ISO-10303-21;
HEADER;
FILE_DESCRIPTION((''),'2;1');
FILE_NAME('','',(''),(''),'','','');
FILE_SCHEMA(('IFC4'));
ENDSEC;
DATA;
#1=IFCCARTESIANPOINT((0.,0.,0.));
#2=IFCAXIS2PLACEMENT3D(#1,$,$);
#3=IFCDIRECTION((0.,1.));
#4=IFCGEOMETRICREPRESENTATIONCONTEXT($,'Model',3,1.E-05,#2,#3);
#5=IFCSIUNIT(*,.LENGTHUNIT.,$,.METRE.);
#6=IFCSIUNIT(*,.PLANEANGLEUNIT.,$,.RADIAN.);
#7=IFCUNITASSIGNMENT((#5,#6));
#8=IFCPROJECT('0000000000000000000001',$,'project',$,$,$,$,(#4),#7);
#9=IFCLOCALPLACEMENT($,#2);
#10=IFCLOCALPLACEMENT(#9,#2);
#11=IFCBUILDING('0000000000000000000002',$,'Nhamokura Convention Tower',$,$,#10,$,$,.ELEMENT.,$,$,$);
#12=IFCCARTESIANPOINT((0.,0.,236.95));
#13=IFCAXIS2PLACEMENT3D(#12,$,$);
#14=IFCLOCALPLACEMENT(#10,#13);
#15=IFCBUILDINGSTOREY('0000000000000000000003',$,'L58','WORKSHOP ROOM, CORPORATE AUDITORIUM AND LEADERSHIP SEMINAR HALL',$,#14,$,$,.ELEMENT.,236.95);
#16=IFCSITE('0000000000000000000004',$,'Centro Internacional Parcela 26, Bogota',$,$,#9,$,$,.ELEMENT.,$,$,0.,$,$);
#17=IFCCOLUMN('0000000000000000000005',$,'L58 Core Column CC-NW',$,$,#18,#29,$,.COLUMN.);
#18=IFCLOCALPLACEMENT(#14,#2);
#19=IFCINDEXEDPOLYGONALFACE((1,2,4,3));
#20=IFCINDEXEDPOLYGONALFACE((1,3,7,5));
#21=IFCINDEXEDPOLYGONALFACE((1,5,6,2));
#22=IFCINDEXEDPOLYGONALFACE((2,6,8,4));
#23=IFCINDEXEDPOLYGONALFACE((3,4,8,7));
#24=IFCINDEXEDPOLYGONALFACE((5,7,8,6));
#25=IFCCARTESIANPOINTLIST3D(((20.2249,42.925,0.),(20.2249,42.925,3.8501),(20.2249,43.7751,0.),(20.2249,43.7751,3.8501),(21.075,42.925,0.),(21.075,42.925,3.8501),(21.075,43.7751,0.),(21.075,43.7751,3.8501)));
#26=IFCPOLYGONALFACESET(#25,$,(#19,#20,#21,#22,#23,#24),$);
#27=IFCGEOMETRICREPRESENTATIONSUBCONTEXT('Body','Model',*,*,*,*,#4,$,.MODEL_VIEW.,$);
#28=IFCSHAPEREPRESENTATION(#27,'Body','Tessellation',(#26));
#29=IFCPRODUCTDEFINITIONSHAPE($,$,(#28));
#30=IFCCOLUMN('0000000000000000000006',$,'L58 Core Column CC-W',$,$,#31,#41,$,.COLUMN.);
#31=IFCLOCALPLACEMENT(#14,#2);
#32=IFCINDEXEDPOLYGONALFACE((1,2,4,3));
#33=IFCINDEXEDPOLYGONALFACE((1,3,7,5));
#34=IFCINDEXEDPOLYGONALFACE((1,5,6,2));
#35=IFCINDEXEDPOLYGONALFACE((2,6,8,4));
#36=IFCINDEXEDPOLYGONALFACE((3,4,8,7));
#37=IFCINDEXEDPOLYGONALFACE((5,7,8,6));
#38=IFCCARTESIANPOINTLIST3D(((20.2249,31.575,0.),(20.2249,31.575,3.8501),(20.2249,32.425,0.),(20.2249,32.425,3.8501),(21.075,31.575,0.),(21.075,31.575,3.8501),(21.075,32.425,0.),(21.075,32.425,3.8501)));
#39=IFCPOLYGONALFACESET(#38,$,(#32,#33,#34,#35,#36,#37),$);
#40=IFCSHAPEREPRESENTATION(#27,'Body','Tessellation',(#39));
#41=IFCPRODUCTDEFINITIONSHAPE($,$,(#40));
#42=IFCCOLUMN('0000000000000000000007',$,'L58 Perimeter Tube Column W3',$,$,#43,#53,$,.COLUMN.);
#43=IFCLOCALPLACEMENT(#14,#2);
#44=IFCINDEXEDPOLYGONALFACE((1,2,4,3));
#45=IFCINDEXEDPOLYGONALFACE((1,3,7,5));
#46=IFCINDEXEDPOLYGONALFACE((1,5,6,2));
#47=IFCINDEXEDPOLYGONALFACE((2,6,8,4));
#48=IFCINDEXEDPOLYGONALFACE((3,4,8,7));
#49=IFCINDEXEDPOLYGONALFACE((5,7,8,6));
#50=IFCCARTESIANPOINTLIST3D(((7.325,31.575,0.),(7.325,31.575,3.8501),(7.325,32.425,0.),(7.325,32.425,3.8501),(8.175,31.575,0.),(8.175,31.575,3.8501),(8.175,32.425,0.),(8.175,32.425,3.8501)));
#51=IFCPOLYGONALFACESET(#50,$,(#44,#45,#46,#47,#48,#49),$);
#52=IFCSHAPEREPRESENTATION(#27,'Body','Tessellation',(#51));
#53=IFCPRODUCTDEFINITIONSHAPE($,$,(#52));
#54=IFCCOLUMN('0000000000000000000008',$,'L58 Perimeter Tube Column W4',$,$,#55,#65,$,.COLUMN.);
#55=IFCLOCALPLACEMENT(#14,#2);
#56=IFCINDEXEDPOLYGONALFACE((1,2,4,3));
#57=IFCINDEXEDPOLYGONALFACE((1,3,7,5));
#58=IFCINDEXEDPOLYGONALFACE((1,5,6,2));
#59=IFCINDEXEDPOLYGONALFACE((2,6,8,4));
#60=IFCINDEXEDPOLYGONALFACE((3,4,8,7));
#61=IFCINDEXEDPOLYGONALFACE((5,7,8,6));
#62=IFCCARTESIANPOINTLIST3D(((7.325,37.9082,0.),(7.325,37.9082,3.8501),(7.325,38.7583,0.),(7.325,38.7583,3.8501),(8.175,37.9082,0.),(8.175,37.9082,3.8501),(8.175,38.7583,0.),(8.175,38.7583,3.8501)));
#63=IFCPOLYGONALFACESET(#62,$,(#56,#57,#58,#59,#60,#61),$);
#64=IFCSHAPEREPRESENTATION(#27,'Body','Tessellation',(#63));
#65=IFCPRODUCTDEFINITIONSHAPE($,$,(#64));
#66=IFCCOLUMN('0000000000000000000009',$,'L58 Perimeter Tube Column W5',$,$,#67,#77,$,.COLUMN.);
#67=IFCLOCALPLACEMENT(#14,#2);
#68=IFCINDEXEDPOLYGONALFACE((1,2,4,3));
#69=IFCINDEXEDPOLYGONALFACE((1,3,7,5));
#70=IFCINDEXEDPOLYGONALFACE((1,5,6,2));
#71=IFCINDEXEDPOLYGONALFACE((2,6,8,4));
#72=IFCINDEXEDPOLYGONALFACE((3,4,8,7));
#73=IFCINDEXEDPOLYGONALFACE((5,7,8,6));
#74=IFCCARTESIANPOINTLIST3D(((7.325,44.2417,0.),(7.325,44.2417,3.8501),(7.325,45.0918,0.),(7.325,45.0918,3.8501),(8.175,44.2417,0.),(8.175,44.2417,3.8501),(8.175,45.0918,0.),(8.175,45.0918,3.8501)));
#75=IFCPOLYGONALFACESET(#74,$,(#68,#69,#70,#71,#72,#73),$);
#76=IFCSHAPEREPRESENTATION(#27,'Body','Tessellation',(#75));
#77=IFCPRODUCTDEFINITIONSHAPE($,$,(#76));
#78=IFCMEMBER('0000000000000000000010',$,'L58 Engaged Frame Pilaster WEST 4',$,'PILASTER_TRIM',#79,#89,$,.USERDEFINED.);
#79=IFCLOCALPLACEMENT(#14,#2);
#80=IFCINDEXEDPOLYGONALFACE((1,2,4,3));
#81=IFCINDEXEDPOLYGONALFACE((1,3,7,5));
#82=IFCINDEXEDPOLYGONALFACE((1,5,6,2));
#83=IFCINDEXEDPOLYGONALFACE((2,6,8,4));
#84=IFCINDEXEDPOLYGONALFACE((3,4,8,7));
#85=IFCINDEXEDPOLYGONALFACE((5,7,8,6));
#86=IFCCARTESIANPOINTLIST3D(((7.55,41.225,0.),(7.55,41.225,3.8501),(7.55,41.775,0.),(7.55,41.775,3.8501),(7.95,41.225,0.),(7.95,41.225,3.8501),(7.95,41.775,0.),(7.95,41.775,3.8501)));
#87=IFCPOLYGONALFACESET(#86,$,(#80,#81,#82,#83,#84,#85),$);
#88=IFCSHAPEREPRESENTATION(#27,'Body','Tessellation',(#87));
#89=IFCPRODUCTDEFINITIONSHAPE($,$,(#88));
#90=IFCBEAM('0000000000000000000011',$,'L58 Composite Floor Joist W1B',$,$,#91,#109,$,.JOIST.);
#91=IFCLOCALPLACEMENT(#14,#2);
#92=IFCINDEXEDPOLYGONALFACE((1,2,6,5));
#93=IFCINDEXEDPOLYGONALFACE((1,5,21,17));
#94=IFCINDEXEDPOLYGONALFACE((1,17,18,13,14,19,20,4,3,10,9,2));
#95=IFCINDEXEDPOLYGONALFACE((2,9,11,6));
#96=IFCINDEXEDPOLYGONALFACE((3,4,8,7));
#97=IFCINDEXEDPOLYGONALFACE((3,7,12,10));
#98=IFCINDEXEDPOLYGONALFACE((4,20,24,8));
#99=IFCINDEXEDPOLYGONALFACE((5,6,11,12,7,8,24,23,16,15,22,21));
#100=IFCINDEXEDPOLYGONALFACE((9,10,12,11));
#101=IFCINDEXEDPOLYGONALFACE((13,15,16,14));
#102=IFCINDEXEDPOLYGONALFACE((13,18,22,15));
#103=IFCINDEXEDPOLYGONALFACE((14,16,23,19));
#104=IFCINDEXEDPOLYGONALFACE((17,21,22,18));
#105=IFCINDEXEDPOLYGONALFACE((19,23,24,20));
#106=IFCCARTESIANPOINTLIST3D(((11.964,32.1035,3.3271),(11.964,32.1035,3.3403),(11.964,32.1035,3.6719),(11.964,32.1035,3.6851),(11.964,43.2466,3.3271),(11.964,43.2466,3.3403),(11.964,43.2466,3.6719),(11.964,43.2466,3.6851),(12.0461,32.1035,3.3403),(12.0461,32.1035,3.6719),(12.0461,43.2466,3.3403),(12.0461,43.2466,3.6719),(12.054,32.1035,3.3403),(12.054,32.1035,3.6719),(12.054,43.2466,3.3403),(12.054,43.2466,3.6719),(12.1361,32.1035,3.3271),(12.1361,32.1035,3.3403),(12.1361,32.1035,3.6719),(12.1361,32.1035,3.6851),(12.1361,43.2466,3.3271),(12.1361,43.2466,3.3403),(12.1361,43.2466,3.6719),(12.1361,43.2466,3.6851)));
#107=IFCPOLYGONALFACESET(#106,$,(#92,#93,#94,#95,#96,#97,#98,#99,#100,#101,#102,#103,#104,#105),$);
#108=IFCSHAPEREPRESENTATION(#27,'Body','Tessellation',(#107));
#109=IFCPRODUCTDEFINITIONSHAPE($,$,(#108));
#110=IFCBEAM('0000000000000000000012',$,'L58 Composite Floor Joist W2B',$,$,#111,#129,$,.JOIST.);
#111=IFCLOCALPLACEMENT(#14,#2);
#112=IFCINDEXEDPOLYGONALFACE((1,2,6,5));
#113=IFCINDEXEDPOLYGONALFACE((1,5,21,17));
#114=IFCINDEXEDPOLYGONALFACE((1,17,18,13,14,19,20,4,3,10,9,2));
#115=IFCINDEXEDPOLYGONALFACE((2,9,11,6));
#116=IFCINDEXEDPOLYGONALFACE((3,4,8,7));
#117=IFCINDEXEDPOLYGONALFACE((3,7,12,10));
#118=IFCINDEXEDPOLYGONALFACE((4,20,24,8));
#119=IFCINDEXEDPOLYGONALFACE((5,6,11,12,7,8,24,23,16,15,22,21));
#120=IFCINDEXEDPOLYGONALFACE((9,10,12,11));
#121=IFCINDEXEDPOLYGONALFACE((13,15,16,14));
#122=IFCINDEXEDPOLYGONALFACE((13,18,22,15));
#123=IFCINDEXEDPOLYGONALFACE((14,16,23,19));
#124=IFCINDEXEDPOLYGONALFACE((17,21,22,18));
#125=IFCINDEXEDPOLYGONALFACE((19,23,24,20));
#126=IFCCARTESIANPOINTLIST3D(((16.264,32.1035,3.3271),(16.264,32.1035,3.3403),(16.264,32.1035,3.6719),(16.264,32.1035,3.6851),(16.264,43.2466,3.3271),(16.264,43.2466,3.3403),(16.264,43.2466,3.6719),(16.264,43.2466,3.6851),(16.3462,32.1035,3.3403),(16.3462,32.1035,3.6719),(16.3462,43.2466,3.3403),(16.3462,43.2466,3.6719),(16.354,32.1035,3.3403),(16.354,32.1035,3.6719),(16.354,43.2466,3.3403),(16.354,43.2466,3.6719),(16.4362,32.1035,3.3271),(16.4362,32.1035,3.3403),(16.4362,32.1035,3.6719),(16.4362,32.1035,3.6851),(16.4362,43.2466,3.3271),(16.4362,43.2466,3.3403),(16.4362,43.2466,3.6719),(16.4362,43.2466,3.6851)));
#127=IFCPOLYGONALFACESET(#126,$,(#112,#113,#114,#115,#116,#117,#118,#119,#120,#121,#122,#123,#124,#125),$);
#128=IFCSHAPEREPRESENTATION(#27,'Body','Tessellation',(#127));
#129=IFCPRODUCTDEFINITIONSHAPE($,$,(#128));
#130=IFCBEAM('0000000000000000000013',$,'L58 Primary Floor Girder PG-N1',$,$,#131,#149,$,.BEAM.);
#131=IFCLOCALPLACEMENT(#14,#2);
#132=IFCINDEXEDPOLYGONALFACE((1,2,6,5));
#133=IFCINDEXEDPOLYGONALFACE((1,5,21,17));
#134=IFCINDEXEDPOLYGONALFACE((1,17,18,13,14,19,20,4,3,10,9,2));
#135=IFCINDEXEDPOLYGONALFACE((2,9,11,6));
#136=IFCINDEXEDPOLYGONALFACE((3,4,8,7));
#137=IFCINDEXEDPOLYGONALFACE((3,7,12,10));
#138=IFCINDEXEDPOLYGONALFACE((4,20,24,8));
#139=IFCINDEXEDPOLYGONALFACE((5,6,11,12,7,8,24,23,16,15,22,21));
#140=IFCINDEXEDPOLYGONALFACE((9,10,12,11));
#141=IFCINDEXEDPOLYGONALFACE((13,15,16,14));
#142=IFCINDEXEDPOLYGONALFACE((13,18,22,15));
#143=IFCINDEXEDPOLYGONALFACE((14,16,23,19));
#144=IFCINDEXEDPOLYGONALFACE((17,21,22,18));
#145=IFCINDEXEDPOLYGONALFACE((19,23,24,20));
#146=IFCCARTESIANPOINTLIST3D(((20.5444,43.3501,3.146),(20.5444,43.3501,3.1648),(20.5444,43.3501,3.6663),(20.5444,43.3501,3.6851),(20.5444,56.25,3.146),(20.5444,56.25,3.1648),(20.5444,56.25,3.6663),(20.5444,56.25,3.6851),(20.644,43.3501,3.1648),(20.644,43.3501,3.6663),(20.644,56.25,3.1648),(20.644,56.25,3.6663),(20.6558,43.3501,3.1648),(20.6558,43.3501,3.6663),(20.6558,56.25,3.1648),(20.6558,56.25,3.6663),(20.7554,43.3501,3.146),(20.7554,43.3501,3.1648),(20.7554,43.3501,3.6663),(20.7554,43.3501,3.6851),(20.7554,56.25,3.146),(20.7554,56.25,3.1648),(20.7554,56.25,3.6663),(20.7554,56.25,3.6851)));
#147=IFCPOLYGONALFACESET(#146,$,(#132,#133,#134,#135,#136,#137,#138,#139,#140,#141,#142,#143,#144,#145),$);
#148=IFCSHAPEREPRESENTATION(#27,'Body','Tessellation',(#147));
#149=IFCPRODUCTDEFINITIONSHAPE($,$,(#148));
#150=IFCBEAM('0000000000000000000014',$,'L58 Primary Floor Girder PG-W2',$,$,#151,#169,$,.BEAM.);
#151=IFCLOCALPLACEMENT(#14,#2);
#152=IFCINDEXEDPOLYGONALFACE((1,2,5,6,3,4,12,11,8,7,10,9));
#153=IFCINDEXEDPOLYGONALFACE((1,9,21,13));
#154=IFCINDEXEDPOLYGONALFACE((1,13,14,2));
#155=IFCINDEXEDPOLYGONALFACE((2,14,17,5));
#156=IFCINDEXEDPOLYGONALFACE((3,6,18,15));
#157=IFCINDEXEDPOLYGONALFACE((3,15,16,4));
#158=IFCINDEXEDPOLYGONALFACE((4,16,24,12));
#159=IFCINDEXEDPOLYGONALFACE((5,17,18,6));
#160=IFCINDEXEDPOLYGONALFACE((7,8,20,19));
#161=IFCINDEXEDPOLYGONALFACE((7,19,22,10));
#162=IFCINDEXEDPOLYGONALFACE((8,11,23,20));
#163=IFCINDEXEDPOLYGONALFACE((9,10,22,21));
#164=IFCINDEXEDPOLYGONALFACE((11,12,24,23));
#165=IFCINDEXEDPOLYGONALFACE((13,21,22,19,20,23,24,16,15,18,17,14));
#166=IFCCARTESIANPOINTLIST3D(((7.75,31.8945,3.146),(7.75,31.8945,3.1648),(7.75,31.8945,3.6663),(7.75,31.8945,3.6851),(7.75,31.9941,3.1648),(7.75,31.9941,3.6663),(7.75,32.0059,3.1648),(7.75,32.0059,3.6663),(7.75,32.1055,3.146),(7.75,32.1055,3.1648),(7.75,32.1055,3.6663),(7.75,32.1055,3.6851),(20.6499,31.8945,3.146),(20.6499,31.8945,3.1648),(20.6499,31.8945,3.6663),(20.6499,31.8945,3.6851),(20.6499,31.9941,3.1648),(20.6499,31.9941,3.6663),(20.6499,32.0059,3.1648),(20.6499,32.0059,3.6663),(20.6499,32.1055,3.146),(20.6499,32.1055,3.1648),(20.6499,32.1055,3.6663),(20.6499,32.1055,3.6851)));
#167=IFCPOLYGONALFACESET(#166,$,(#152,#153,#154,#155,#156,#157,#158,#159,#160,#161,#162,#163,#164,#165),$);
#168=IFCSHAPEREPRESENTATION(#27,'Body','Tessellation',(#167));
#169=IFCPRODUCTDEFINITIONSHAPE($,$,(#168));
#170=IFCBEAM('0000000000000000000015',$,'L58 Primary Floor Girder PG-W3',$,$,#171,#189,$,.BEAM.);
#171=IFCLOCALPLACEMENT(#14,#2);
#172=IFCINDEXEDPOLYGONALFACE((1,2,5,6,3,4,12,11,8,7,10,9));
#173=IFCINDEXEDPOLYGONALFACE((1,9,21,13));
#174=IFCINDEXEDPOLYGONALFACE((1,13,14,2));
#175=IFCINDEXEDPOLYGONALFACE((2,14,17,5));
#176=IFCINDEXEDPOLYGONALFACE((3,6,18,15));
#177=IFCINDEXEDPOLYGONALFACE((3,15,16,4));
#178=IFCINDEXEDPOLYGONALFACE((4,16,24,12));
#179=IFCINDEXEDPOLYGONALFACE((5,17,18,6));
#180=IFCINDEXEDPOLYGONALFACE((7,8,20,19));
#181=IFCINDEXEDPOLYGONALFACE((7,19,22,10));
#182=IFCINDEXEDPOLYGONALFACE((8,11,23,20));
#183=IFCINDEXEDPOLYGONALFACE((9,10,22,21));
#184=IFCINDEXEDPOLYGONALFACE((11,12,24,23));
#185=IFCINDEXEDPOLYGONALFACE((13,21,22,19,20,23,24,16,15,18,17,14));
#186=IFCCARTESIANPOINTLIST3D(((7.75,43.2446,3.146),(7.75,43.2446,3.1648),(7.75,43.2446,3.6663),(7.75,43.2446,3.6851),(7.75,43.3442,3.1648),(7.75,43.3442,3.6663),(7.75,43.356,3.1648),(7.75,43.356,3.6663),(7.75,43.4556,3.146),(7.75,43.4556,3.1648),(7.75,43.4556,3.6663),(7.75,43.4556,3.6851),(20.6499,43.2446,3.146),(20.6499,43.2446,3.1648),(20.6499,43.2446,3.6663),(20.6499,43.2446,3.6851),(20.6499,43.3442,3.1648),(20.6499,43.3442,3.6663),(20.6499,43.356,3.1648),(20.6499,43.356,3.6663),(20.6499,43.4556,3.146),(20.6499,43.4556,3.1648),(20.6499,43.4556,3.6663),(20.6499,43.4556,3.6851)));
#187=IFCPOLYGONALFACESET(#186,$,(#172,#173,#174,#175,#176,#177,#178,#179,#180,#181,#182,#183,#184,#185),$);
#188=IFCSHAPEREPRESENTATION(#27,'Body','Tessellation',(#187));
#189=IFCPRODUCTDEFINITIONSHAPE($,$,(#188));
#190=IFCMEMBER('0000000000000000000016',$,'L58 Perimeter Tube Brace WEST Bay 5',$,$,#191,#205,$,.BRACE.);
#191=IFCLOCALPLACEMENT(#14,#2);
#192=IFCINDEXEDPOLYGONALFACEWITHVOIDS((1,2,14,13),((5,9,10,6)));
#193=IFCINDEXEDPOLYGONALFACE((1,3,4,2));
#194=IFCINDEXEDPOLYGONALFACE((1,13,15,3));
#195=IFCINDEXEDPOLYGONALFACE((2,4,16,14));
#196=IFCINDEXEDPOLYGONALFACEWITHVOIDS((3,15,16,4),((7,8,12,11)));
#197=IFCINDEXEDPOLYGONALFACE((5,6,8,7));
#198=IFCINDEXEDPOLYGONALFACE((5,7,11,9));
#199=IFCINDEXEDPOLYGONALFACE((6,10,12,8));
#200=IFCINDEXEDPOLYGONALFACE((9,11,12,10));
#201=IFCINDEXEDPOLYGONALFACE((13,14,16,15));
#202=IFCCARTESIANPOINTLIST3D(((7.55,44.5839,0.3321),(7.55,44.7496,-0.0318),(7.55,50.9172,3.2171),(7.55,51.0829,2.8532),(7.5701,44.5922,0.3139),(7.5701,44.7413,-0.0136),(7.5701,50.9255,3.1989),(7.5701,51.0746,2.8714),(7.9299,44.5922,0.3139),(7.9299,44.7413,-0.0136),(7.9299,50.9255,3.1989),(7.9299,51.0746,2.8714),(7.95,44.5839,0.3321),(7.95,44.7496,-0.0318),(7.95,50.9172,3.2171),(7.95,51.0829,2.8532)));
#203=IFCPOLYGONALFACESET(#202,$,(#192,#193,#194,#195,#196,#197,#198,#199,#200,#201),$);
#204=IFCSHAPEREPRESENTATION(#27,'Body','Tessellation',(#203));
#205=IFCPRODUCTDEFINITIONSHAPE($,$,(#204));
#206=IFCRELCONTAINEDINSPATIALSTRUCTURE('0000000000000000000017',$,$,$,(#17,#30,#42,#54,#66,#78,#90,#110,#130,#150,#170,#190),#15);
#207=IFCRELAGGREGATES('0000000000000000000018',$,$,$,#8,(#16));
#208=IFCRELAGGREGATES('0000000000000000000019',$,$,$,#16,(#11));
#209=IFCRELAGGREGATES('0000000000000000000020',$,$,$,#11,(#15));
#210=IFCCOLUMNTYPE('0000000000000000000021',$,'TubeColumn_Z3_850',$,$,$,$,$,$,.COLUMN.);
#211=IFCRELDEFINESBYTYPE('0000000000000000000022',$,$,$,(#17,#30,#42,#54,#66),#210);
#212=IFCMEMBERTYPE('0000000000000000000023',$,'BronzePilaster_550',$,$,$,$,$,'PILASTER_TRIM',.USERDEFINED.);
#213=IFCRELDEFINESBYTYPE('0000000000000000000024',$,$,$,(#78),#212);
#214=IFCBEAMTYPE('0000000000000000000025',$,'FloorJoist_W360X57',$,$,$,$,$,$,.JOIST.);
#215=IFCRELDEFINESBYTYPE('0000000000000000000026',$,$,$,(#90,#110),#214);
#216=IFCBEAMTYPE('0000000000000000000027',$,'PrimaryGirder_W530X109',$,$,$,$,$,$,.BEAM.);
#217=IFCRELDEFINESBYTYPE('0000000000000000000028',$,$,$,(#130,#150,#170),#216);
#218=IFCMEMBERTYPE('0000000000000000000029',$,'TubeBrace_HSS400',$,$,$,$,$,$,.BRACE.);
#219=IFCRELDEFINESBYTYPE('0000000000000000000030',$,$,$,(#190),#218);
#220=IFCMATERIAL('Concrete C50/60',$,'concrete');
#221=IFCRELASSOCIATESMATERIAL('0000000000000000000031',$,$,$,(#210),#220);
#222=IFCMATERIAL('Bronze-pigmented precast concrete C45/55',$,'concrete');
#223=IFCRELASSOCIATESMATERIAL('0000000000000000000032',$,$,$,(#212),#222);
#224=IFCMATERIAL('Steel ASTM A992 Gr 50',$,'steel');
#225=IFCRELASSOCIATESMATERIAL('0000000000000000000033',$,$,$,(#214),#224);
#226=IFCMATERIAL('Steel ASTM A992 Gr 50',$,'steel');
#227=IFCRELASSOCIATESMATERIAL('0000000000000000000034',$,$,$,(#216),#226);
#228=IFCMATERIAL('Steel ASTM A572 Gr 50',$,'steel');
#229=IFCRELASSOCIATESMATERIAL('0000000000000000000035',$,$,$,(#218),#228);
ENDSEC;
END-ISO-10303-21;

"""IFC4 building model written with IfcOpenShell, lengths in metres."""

from ifc_helpers import new_model, si_unit, direction, frame, origin, origin_2d, place, context, subcontext, project, spatial, rectangle, hollow_rectangle, i_section, extrude, material, material_profile, profile_set, type_object, element, save


model = new_model("IFC4")

# Units and contexts
model_context = context("Model", 3, precision=1e-05, world=origin(), true_north=direction((0.0, 1.0)))
body_context = subcontext(model_context, "Body", "Model", "MODEL_VIEW")
ifc_project = project(units=[si_unit("LENGTHUNIT", "METRE"), si_unit("PLANEANGLEUNIT", "RADIAN")], contexts=[model_context])

# Site, building, storey
site_placement = place(None, origin())
site = spatial("IfcSite", under=ifc_project, at=site_placement, Name="Centro Internacional Parcela 26, Bogota", CompositionType="ELEMENT", RefElevation=0.0)
building_placement = place(site_placement, origin())
building = spatial("IfcBuilding", under=site, at=building_placement, Name="Nhamokura Convention Tower", CompositionType="ELEMENT")
storey_placement = place(building_placement, frame((0.0, 0.0, 236.95)))
storey = spatial("IfcBuildingStorey", under=building, at=storey_placement, Name="L58", Description="WORKSHOP ROOM, CORPORATE AUDITORIUM AND LEADERSHIP SEMINAR HALL", CompositionType="ELEMENT", Elevation=236.95)

# Columns
ifc_material_1 = material(Name="Concrete C50/60", Category="concrete")
ifc_material_profile_1 = material_profile(ifc_material_1, rectangle(XDim=0.8501, YDim=0.8501, at=origin_2d()))
ifc_profile_set_1 = profile_set([ifc_material_profile_1], Name="Concrete C50/60")
column_type = type_object("IfcColumnType", Name="TubeColumn_Z3_850", PredefinedType="COLUMN", material=ifc_profile_set_1)
for number, where, z_axis, x_axis, name in (
    (1, (20.6499, 43.3501, 0.0), (0.0, 0.0, 1.0), (1.0, 0.0, 0.0), "L58 Core Column CC-NW"),
    (2, (20.6499, 32.0, 0.0), (0.0, 0.0, 1.0), (1.0, 0.0, 0.0), "L58 Core Column CC-W"),
    (3, (7.75, 32.0, 0.0), (0.0, 0.0, 1.0), (1.0, 0.0, 0.0), "L58 Perimeter Tube Column W3"),
    (4, (7.75, 38.3333, 0.0), (0.0, 0.0, 1.0), (1.0, 0.0, 0.0), "L58 Perimeter Tube Column W4"),
    (5, (7.75, 44.6667, 0.0), (0.0, 0.0, 1.0), (1.0, 0.0, 0.0), "L58 Perimeter Tube Column W5"),
):
    element("IfcColumn", number, at=place(storey_placement, frame(where, z_axis=z_axis, x_axis=x_axis)), inside=storey, type_object=column_type, Name=name, PredefinedType="COLUMN", context=body_context, shape_type="SweptSolid", body=[
        extrude(rectangle(XDim=0.8501, YDim=0.8501, at=origin_2d()), origin(), (0.0, 0.0, 1.0), 3.8501),
    ])

# Member
ifc_material_2 = material(Name="Bronze-pigmented precast concrete C45/55", Category="concrete")
ifc_material_profile_2 = material_profile(ifc_material_2, rectangle(XDim=0.3999, YDim=0.55, at=origin_2d()))
ifc_profile_set_2 = profile_set([ifc_material_profile_2], Name="Bronze-pigmented precast concrete C45/55")
member_type_1 = type_object("IfcMemberType", Name="BronzePilaster_550", ElementType="PILASTER_TRIM", PredefinedType="USERDEFINED", material=ifc_profile_set_2)
member_1_placement = place(storey_placement, frame((7.75, 41.5, 0.0), z_axis=(0.0, 0.0, 1.0), x_axis=(1.0, 0.0, 0.0)))
element("IfcMember", 6, at=member_1_placement, inside=storey, type_object=member_type_1, Name="L58 Engaged Frame Pilaster WEST 4", ObjectType="PILASTER_TRIM", PredefinedType="USERDEFINED", context=body_context, shape_type="SweptSolid", body=[
    extrude(rectangle(XDim=0.3999, YDim=0.55, at=origin_2d()), origin(), (0.0, 0.0, 1.0), 3.8501),
])

# Beams
ifc_material_3 = material(Name="Steel ASTM A992 Gr 50", Category="steel")
ifc_material_profile_3 = material_profile(ifc_material_3, i_section(OverallWidth=0.1721, OverallDepth=0.3579, WebThickness=0.0078, FlangeThickness=0.0132, at=origin_2d()))
ifc_profile_set_3 = profile_set([ifc_material_profile_3], Name="Steel ASTM A992 Gr 50")
beam_type_1 = type_object("IfcBeamType", Name="FloorJoist_W360X57", PredefinedType="JOIST", material=ifc_profile_set_3)
for number, where, z_axis, x_axis, name in (
    (7, (12.05, 32.1035, 3.5061), (0.0, 1.0, 0.0), (-1.0, 0.0, 0.0), "L58 Composite Floor Joist W1B"),
    (8, (16.3501, 32.1035, 3.5061), (0.0, 1.0, 0.0), (-1.0, 0.0, 0.0), "L58 Composite Floor Joist W2B"),
):
    element("IfcBeam", number, at=place(storey_placement, frame(where, z_axis=z_axis, x_axis=x_axis)), inside=storey, type_object=beam_type_1, Name=name, PredefinedType="JOIST", context=body_context, shape_type="SweptSolid", body=[
        extrude(i_section(OverallWidth=0.1721, OverallDepth=0.3579, WebThickness=0.0078, FlangeThickness=0.0132, at=origin_2d()), origin(), (0.0, 0.0, 1.0), 11.1431),
    ])
ifc_material_4 = material(Name="Steel ASTM A992 Gr 50", Category="steel")
ifc_material_profile_4 = material_profile(ifc_material_4, i_section(OverallWidth=0.2109, OverallDepth=0.5391, WebThickness=0.0117, FlangeThickness=0.0188, at=origin_2d()))
ifc_profile_set_4 = profile_set([ifc_material_profile_4], Name="Steel ASTM A992 Gr 50")
beam_type_2 = type_object("IfcBeamType", Name="PrimaryGirder_W530X109", PredefinedType="BEAM", material=ifc_profile_set_4)
for number, where, z_axis, x_axis, name in (
    (9, (20.6499, 43.3501, 3.4155), (0.0, 1.0, 0.0), (-1.0, 0.0, 0.0), "L58 Primary Floor Girder PG-N1"),
    (10, (7.75, 32.0, 3.4155), (1.0, 0.0, 0.0), (0.0, 1.0, 0.0), "L58 Primary Floor Girder PG-W2"),
    (11, (7.75, 43.3501, 3.4155), (1.0, 0.0, 0.0), (0.0, 1.0, 0.0), "L58 Primary Floor Girder PG-W3"),
):
    element("IfcBeam", number, at=place(storey_placement, frame(where, z_axis=z_axis, x_axis=x_axis)), inside=storey, type_object=beam_type_2, Name=name, PredefinedType="BEAM", context=body_context, shape_type="SweptSolid", body=[
        extrude(i_section(OverallWidth=0.2109, OverallDepth=0.5391, WebThickness=0.0117, FlangeThickness=0.0188, at=origin_2d()), origin(), (0.0, 0.0, 1.0), 12.8999),
    ])

# Member
ifc_material_5 = material(Name="Steel ASTM A572 Gr 50", Category="steel")
ifc_material_profile_5 = material_profile(ifc_material_5, hollow_rectangle(XDim=0.3999, YDim=0.3999, WallThickness=0.02, at=origin_2d()))
ifc_profile_set_5 = profile_set([ifc_material_profile_5], Name="Steel ASTM A572 Gr 50")
member_type_2 = type_object("IfcMemberType", Name="TubeBrace_HSS400", PredefinedType="BRACE", material=ifc_profile_set_5)
member_2_placement = place(storey_placement, frame((7.75, 44.6667, 0.1501), z_axis=(0.0, 0.910027, 0.414548), x_axis=(-1.0, 0.0, 0.0)))
element("IfcMember", 12, at=member_2_placement, inside=storey, type_object=member_type_2, Name="L58 Perimeter Tube Brace WEST Bay 5", PredefinedType="BRACE", context=body_context, shape_type="SweptSolid", body=[
    extrude(hollow_rectangle(XDim=0.3999, YDim=0.3999, WallThickness=0.02, at=origin_2d()), origin(), (0.0, 0.0, 1.0), 6.9595),
])

save(model, "model.ifc")
